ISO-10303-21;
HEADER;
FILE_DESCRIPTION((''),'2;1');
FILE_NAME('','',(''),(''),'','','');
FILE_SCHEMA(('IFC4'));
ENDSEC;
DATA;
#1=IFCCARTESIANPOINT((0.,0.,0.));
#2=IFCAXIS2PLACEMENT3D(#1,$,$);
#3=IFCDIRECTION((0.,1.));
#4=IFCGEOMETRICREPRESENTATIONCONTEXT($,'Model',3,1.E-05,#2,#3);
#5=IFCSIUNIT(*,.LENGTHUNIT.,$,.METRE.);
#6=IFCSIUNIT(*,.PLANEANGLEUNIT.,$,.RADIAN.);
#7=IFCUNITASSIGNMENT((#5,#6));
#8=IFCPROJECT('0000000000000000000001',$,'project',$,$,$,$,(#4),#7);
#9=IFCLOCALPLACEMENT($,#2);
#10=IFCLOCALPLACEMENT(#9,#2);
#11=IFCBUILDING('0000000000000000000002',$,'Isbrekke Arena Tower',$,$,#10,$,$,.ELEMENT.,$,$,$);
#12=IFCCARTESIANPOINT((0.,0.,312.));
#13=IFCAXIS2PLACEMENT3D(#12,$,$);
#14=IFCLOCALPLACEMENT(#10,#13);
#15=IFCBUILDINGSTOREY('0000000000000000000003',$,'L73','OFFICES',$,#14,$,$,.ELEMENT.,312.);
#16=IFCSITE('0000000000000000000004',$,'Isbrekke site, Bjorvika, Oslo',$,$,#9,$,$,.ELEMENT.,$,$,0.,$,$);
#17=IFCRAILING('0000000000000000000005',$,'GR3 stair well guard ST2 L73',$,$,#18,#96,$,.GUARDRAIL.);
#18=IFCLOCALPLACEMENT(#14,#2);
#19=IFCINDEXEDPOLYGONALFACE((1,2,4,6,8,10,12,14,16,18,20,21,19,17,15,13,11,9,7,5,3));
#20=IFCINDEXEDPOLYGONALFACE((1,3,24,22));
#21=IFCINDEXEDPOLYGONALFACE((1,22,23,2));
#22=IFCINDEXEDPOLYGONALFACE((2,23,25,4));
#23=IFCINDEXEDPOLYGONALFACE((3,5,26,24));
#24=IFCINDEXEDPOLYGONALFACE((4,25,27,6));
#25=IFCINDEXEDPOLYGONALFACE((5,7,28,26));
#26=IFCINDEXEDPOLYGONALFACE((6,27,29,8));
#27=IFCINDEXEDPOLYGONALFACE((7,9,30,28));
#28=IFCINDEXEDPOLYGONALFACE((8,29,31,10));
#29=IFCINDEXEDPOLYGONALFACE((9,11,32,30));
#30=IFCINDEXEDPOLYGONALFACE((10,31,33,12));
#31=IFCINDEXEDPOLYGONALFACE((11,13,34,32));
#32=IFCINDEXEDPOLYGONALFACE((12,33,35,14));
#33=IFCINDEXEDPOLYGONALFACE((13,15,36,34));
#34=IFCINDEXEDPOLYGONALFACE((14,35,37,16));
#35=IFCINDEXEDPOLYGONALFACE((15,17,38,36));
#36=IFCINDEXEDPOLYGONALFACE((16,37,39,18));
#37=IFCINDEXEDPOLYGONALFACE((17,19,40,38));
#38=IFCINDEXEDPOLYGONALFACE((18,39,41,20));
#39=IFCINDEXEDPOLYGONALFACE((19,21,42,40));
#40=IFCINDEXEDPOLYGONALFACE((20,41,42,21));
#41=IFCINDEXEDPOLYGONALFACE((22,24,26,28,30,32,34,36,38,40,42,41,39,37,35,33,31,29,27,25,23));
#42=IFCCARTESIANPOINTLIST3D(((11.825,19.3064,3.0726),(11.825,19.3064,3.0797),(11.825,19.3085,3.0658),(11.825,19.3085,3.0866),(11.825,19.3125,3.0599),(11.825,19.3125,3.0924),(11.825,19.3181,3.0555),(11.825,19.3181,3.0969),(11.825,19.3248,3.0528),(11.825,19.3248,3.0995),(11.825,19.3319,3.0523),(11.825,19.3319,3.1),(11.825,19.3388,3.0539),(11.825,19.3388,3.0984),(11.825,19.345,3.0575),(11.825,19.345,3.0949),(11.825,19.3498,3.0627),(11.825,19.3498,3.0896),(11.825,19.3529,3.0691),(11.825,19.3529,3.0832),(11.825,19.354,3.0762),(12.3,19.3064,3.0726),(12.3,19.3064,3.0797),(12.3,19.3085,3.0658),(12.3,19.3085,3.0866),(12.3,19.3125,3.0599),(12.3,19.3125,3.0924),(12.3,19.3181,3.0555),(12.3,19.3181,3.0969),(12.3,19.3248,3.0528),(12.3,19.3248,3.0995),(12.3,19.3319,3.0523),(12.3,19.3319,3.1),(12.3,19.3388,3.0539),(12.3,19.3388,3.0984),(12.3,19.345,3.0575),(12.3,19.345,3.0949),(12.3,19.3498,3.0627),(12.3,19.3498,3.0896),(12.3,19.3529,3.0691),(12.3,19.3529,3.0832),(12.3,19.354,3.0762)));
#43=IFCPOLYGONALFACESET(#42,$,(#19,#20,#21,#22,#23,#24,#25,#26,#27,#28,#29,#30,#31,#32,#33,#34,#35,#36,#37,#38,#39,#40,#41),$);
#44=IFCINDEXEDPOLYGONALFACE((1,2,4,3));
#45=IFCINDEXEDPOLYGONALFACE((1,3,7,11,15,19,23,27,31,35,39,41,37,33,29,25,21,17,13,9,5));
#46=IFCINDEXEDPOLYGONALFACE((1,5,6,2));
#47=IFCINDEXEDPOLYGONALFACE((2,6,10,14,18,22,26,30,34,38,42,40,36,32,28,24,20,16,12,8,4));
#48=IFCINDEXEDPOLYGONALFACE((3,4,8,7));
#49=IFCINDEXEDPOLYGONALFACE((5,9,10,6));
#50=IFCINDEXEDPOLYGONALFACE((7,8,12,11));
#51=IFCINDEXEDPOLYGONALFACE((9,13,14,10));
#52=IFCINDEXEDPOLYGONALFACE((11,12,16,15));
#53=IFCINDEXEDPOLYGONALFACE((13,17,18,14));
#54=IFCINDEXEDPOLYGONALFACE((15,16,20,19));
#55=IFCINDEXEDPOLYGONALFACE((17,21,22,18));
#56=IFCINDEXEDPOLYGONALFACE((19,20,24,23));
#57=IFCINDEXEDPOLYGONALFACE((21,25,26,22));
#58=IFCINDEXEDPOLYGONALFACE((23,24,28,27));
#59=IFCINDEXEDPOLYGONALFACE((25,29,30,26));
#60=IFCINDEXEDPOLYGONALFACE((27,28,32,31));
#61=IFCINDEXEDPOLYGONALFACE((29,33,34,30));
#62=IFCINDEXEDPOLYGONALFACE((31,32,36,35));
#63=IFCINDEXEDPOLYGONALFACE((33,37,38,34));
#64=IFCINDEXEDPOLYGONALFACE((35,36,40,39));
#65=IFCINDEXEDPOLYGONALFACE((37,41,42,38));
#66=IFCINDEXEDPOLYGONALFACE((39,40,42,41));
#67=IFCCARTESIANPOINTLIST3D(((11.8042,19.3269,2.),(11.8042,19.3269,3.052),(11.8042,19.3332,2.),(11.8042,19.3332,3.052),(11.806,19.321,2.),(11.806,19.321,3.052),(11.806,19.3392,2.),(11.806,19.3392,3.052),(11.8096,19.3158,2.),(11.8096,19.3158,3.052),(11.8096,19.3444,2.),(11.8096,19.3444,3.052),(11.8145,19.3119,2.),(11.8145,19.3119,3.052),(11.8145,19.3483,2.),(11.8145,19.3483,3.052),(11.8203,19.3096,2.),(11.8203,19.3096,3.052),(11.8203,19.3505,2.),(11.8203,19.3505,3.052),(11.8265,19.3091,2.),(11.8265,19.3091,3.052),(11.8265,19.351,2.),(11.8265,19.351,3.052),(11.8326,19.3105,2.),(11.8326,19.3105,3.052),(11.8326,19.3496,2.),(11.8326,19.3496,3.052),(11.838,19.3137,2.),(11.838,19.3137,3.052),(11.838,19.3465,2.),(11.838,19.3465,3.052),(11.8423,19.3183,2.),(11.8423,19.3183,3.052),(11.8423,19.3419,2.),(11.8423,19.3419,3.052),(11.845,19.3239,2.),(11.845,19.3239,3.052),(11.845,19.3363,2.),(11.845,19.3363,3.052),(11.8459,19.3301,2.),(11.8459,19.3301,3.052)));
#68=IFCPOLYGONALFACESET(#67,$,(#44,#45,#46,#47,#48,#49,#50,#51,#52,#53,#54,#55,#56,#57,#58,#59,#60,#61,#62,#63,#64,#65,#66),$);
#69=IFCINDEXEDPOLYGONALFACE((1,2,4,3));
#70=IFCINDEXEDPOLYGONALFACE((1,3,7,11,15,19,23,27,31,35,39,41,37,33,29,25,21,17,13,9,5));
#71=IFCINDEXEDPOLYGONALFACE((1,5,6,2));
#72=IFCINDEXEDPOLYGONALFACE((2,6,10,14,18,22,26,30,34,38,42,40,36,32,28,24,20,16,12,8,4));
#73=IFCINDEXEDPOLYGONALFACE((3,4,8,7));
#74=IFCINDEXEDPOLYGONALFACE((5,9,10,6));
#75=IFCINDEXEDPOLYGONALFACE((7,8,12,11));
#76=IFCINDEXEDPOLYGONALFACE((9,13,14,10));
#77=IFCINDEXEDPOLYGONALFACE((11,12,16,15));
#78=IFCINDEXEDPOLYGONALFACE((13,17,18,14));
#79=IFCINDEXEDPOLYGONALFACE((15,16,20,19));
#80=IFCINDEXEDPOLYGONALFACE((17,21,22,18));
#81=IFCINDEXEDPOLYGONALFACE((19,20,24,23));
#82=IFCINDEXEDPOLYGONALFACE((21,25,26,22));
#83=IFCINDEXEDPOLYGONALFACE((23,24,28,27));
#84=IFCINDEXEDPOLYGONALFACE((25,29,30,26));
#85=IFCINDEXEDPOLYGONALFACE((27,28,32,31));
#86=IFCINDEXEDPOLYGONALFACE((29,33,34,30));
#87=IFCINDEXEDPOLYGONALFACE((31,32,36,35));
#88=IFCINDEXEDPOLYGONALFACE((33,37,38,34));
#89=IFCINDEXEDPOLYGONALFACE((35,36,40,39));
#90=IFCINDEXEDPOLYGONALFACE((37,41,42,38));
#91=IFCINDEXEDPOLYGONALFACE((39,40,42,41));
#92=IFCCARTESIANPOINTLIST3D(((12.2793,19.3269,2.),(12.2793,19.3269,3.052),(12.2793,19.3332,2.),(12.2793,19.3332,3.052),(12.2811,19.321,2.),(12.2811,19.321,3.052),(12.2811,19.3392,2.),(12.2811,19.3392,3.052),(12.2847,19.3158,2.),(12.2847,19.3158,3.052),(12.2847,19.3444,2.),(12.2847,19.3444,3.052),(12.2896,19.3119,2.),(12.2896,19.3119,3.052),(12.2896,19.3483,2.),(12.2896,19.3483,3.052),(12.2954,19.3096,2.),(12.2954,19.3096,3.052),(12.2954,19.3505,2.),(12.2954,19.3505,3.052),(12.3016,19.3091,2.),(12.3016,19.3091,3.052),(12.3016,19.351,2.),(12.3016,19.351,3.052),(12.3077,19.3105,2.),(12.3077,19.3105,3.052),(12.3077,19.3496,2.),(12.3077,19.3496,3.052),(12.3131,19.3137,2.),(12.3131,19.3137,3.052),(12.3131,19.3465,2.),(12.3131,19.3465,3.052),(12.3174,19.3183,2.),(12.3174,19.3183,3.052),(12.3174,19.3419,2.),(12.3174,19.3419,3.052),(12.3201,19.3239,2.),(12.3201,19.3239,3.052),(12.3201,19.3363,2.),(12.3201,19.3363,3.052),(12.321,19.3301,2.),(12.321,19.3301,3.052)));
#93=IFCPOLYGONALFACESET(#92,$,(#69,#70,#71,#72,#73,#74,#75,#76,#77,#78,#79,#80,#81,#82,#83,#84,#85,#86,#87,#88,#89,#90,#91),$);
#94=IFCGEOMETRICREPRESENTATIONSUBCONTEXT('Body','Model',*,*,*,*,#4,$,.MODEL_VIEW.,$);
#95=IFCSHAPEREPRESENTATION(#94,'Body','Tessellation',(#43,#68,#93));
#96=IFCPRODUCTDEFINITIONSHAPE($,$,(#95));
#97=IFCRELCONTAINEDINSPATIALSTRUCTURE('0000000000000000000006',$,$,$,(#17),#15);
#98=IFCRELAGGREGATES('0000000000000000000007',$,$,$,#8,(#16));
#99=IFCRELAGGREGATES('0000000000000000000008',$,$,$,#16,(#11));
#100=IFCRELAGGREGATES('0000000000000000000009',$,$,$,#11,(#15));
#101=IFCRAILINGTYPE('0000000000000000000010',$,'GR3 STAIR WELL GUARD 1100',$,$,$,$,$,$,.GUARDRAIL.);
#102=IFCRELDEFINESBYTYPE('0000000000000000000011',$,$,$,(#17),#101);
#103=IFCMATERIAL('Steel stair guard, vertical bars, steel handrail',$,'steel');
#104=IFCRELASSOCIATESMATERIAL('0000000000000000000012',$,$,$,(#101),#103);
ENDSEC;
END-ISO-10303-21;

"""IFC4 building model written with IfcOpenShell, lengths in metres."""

from ifc_helpers import new_model, si_unit, direction, frame, origin, origin_2d, place, context, subcontext, project, spatial, circle, extrude, material, type_object, element, save


model = new_model("IFC4")

# Units and contexts
model_context = context("Model", 3, precision=1e-05, world=origin(), true_north=direction((0.0, 1.0)))
body_context = subcontext(model_context, "Body", "Model", "MODEL_VIEW")
ifc_project = project(units=[si_unit("LENGTHUNIT", "METRE"), si_unit("PLANEANGLEUNIT", "RADIAN")], contexts=[model_context])

# Site, building, storey
site_placement = place(None, origin())
site = spatial("IfcSite", under=ifc_project, at=site_placement, Name="Isbrekke site, Bjorvika, Oslo", CompositionType="ELEMENT", RefElevation=0.0)
building_placement = place(site_placement, origin())
building = spatial("IfcBuilding", under=site, at=building_placement, Name="Isbrekke Arena Tower", CompositionType="ELEMENT")
storey_placement = place(building_placement, frame((0.0, 0.0, 312.0)))
storey = spatial("IfcBuildingStorey", under=building, at=storey_placement, Name="L73", Description="OFFICES", CompositionType="ELEMENT", Elevation=312.0)

# Railing
ifc_material_1 = material(Name="Steel stair guard, vertical bars, steel handrail", Category="steel")
railing_type = type_object("IfcRailingType", Name="GR3 STAIR WELL GUARD 1100", PredefinedType="GUARDRAIL", material=ifc_material_1)
for number, where, name in (
    (1, (11.825, 19.3301, 2.0), "GR3 stair well guard ST2 L73"),
):
    element("IfcRailing", number, at=place(storey_placement, frame(where)), inside=storey, type_object=railing_type, Name=name, PredefinedType="GUARDRAIL", context=body_context, shape_type="SweptSolid", body=[
        extrude(circle(Radius=0.0239, at=origin_2d()), frame((0.0, 0.0, 1.0762), z_axis=(1.0, 0.0, 0.0), x_axis=(0.0, 1.0, 0.0)), (0.0, 0.0, 1.0), 0.4751),
        extrude(circle(Radius=0.021, at=origin_2d()), origin(), (0.0, 0.0, 1.0), 1.052),
        extrude(circle(Radius=0.021, at=origin_2d()), frame((0.4751, 0.0, 0.0)), (0.0, 0.0, 1.0), 1.052),
    ])

save(model, "model.ifc")
